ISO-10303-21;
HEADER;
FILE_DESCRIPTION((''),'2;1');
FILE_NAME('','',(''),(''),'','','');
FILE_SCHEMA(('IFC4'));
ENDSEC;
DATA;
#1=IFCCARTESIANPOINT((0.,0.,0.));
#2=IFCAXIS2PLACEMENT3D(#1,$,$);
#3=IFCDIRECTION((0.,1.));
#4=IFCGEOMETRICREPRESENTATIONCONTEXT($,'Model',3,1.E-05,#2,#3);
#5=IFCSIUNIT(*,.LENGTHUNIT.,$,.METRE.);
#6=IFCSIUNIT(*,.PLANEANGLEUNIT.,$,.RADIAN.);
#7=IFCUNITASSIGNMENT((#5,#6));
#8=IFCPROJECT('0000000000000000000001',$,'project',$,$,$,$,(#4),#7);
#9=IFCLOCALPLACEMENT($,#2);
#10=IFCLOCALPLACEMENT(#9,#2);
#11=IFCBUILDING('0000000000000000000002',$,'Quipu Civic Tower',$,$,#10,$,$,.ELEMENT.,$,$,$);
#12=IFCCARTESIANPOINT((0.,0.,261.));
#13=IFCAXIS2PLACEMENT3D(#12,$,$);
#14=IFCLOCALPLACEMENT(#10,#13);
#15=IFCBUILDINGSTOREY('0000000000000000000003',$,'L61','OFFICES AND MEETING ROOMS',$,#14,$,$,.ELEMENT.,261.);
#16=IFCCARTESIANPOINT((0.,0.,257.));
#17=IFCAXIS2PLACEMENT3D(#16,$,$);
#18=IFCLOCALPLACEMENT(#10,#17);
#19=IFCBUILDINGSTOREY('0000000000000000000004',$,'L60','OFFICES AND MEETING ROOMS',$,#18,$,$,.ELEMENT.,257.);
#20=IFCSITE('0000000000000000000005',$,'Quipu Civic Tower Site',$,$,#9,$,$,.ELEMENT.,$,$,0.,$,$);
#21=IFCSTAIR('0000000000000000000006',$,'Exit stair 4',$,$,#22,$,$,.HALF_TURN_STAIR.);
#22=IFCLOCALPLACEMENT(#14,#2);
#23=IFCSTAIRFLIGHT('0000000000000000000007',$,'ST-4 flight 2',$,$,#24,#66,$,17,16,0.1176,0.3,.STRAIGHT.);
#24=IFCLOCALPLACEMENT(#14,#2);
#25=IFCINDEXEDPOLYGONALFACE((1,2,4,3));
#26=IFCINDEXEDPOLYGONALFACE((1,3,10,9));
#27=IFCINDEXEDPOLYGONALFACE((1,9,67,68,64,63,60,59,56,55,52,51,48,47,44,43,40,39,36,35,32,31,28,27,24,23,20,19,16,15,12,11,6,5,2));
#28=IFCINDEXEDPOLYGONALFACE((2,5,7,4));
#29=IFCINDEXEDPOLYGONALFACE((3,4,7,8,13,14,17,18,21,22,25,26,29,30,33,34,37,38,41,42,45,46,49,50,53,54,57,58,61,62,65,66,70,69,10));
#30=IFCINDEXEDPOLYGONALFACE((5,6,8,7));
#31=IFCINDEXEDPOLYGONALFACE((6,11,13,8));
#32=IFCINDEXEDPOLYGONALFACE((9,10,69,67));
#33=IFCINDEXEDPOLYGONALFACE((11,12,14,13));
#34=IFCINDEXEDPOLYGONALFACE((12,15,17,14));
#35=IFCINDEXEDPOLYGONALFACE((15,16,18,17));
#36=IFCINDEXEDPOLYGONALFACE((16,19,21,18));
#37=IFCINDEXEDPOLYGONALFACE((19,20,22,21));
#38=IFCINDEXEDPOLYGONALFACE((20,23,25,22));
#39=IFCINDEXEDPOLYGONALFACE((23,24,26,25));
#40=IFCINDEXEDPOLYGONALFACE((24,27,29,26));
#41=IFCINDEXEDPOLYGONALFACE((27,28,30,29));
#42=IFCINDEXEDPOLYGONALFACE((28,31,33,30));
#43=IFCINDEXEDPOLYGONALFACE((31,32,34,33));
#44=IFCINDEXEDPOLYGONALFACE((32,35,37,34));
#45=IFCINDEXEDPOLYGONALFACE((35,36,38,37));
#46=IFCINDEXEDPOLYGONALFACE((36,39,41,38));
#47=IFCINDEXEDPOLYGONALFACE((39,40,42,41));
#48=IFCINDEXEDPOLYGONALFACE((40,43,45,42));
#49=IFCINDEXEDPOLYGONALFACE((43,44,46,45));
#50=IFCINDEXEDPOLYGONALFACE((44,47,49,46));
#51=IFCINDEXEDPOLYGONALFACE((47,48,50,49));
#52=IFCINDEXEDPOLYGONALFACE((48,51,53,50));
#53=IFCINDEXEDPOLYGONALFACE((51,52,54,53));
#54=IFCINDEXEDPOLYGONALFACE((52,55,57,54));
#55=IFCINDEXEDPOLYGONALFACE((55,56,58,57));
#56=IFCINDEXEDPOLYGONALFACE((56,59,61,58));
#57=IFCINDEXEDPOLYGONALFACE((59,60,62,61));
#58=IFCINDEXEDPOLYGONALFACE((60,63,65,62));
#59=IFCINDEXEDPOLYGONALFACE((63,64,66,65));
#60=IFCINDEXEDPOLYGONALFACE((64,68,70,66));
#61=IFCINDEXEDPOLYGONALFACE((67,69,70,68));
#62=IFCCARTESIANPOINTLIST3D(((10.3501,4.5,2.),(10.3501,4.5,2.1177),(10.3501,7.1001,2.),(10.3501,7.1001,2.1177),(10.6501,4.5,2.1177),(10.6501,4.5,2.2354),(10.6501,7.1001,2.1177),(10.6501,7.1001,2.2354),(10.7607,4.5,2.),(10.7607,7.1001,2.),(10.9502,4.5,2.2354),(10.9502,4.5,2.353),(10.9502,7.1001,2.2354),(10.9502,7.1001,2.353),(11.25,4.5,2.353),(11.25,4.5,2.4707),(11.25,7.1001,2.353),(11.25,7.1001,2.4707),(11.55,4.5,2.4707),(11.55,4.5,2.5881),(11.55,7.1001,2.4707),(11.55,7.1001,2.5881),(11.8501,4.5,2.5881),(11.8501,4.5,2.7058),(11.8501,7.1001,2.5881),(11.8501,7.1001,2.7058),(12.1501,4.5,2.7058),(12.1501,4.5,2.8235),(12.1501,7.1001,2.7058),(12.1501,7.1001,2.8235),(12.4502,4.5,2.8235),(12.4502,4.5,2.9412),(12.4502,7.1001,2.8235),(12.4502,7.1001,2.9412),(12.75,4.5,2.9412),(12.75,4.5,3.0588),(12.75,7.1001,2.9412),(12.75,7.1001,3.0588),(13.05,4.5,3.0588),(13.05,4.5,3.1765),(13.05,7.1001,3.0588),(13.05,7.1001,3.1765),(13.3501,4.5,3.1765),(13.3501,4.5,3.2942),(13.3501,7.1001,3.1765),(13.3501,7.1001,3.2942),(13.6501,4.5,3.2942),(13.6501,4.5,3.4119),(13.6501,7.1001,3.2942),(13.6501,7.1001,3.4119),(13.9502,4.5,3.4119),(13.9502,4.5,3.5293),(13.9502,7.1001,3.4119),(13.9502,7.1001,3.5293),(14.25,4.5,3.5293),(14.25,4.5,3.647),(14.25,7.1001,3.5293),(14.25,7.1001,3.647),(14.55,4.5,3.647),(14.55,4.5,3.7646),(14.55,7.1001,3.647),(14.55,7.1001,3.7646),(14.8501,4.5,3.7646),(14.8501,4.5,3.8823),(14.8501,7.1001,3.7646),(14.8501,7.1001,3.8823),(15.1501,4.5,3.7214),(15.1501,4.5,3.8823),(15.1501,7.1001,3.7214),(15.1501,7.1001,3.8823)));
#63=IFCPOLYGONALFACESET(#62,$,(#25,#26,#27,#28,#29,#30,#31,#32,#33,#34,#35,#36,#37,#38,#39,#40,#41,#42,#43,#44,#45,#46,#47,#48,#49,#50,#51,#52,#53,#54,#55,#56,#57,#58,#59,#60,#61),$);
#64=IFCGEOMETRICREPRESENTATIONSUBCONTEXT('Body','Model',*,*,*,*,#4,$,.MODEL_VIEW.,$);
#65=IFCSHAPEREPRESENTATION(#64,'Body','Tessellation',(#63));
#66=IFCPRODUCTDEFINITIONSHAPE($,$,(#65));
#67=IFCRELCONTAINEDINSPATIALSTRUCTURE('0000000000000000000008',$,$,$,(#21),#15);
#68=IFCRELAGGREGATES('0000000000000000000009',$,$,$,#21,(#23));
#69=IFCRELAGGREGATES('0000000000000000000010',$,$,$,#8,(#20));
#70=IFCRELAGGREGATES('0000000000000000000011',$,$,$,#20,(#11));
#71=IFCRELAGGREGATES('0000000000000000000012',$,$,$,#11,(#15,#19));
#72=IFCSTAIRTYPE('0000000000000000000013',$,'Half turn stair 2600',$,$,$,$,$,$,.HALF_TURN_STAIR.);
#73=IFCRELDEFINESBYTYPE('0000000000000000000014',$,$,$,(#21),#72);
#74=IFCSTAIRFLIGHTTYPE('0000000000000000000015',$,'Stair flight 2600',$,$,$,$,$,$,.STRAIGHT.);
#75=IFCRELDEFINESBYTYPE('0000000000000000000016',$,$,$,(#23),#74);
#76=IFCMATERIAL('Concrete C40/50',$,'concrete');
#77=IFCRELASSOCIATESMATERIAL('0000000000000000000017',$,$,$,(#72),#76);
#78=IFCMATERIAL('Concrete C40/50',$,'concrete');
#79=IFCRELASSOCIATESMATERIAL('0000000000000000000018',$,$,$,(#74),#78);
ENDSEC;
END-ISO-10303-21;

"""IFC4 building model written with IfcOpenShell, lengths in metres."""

from ifc_helpers import new_model, si_unit, direction, frame, origin, place, context, subcontext, project, spatial, polyline, outline, extrude, material, type_object, element, aggregate, save


model = new_model("IFC4")

# Units and contexts
model_context = context("Model", 3, precision=1e-05, world=origin(), true_north=direction((0.0, 1.0)))
body_context = subcontext(model_context, "Body", "Model", "MODEL_VIEW")
ifc_project = project(units=[si_unit("LENGTHUNIT", "METRE"), si_unit("PLANEANGLEUNIT", "RADIAN")], contexts=[model_context])

# Site, building, storey
site_placement = place(None, origin())
site = spatial("IfcSite", under=ifc_project, at=site_placement, Name="Quipu Civic Tower Site", CompositionType="ELEMENT", RefElevation=0.0)
building_placement = place(site_placement, origin())
building = spatial("IfcBuilding", under=site, at=building_placement, Name="Quipu Civic Tower", CompositionType="ELEMENT")
storey_1_placement = place(building_placement, frame((0.0, 0.0, 261.0)))
storey_1 = spatial("IfcBuildingStorey", under=building, at=storey_1_placement, Name="L61", Description="OFFICES AND MEETING ROOMS", CompositionType="ELEMENT", Elevation=261.0)

# Shared definitions
storey_2_placement = place(building_placement, frame((0.0, 0.0, 257.0)))
storey_2 = spatial("IfcBuildingStorey", under=building, at=storey_2_placement, Name="L60", Description="OFFICES AND MEETING ROOMS", CompositionType="ELEMENT", Elevation=257.0)

# Stair, stair flight
ifc_material_1 = material(Name="Concrete C40/50", Category="concrete")
stair_type = type_object("IfcStairType", Name="Half turn stair 2600", PredefinedType="HALF_TURN_STAIR", material=ifc_material_1)
stair_placement = place(storey_1_placement, origin())
stair = element("IfcStair", 1, at=stair_placement, inside=storey_1, type_object=stair_type, Name="Exit stair 4", PredefinedType="HALF_TURN_STAIR")
ifc_material_2 = material(Name="Concrete C40/50", Category="concrete")
stair_flight_type = type_object("IfcStairFlightType", Name="Stair flight 2600", PredefinedType="STRAIGHT", material=ifc_material_2)
stair_flight_1_placement = place(storey_1_placement, frame((10.3501, 5.8, 2.0), z_axis=(0.0, 0.0, 1.0), x_axis=(1.0, 0.0, 0.0)))
stair_flight_1 = element("IfcStairFlight", 2, at=stair_flight_1_placement, type_object=stair_flight_type, Name="ST-4 flight 2", NumberOfRisers=17, NumberOfTreads=16, PredefinedType="STRAIGHT", RiserHeight=0.1176, TreadLength=0.3, context=body_context, shape_type="SweptSolid", body=[
    extrude(outline(polyline([(0.0, 0.0), (0.0, 0.1177), (0.3, 0.1177), (0.3, 0.2354), (0.6001, 0.2354), (0.6001, 0.353), (0.8999, 0.353), (0.8999, 0.4707), (1.2, 0.4707), (1.2, 0.5881), (1.5, 0.5881), (1.5, 0.7058), (1.8, 0.7058), (1.8, 0.8235), (2.1001, 0.8235), (2.1001, 0.9412), (2.3999, 0.9412), (2.3999, 1.0588), (2.7, 1.0588), (2.7, 1.1765), (3.0, 1.1765), (3.0, 1.2942), (3.3, 1.2942), (3.3, 1.4119), (3.6001, 1.4119), (3.6001, 1.5293), (3.8999, 1.5293), (3.8999, 1.647), (4.2, 1.647), (4.2, 1.7646), (4.5, 1.7646), (4.5, 1.8823), (4.8, 1.8823), (4.8, 2.0), (4.8, 1.7214), (0.4106, 0.0), (0.0, 0.0)])), frame((0.0, 1.3, 0.0), z_axis=(0.0, -1.0, 0.0), x_axis=(1.0, 0.0, 0.0)), (0.0, 0.0, 1.0), 2.6001),
])
aggregate(stair, [stair_flight_1])

save(model, "model.ifc")
